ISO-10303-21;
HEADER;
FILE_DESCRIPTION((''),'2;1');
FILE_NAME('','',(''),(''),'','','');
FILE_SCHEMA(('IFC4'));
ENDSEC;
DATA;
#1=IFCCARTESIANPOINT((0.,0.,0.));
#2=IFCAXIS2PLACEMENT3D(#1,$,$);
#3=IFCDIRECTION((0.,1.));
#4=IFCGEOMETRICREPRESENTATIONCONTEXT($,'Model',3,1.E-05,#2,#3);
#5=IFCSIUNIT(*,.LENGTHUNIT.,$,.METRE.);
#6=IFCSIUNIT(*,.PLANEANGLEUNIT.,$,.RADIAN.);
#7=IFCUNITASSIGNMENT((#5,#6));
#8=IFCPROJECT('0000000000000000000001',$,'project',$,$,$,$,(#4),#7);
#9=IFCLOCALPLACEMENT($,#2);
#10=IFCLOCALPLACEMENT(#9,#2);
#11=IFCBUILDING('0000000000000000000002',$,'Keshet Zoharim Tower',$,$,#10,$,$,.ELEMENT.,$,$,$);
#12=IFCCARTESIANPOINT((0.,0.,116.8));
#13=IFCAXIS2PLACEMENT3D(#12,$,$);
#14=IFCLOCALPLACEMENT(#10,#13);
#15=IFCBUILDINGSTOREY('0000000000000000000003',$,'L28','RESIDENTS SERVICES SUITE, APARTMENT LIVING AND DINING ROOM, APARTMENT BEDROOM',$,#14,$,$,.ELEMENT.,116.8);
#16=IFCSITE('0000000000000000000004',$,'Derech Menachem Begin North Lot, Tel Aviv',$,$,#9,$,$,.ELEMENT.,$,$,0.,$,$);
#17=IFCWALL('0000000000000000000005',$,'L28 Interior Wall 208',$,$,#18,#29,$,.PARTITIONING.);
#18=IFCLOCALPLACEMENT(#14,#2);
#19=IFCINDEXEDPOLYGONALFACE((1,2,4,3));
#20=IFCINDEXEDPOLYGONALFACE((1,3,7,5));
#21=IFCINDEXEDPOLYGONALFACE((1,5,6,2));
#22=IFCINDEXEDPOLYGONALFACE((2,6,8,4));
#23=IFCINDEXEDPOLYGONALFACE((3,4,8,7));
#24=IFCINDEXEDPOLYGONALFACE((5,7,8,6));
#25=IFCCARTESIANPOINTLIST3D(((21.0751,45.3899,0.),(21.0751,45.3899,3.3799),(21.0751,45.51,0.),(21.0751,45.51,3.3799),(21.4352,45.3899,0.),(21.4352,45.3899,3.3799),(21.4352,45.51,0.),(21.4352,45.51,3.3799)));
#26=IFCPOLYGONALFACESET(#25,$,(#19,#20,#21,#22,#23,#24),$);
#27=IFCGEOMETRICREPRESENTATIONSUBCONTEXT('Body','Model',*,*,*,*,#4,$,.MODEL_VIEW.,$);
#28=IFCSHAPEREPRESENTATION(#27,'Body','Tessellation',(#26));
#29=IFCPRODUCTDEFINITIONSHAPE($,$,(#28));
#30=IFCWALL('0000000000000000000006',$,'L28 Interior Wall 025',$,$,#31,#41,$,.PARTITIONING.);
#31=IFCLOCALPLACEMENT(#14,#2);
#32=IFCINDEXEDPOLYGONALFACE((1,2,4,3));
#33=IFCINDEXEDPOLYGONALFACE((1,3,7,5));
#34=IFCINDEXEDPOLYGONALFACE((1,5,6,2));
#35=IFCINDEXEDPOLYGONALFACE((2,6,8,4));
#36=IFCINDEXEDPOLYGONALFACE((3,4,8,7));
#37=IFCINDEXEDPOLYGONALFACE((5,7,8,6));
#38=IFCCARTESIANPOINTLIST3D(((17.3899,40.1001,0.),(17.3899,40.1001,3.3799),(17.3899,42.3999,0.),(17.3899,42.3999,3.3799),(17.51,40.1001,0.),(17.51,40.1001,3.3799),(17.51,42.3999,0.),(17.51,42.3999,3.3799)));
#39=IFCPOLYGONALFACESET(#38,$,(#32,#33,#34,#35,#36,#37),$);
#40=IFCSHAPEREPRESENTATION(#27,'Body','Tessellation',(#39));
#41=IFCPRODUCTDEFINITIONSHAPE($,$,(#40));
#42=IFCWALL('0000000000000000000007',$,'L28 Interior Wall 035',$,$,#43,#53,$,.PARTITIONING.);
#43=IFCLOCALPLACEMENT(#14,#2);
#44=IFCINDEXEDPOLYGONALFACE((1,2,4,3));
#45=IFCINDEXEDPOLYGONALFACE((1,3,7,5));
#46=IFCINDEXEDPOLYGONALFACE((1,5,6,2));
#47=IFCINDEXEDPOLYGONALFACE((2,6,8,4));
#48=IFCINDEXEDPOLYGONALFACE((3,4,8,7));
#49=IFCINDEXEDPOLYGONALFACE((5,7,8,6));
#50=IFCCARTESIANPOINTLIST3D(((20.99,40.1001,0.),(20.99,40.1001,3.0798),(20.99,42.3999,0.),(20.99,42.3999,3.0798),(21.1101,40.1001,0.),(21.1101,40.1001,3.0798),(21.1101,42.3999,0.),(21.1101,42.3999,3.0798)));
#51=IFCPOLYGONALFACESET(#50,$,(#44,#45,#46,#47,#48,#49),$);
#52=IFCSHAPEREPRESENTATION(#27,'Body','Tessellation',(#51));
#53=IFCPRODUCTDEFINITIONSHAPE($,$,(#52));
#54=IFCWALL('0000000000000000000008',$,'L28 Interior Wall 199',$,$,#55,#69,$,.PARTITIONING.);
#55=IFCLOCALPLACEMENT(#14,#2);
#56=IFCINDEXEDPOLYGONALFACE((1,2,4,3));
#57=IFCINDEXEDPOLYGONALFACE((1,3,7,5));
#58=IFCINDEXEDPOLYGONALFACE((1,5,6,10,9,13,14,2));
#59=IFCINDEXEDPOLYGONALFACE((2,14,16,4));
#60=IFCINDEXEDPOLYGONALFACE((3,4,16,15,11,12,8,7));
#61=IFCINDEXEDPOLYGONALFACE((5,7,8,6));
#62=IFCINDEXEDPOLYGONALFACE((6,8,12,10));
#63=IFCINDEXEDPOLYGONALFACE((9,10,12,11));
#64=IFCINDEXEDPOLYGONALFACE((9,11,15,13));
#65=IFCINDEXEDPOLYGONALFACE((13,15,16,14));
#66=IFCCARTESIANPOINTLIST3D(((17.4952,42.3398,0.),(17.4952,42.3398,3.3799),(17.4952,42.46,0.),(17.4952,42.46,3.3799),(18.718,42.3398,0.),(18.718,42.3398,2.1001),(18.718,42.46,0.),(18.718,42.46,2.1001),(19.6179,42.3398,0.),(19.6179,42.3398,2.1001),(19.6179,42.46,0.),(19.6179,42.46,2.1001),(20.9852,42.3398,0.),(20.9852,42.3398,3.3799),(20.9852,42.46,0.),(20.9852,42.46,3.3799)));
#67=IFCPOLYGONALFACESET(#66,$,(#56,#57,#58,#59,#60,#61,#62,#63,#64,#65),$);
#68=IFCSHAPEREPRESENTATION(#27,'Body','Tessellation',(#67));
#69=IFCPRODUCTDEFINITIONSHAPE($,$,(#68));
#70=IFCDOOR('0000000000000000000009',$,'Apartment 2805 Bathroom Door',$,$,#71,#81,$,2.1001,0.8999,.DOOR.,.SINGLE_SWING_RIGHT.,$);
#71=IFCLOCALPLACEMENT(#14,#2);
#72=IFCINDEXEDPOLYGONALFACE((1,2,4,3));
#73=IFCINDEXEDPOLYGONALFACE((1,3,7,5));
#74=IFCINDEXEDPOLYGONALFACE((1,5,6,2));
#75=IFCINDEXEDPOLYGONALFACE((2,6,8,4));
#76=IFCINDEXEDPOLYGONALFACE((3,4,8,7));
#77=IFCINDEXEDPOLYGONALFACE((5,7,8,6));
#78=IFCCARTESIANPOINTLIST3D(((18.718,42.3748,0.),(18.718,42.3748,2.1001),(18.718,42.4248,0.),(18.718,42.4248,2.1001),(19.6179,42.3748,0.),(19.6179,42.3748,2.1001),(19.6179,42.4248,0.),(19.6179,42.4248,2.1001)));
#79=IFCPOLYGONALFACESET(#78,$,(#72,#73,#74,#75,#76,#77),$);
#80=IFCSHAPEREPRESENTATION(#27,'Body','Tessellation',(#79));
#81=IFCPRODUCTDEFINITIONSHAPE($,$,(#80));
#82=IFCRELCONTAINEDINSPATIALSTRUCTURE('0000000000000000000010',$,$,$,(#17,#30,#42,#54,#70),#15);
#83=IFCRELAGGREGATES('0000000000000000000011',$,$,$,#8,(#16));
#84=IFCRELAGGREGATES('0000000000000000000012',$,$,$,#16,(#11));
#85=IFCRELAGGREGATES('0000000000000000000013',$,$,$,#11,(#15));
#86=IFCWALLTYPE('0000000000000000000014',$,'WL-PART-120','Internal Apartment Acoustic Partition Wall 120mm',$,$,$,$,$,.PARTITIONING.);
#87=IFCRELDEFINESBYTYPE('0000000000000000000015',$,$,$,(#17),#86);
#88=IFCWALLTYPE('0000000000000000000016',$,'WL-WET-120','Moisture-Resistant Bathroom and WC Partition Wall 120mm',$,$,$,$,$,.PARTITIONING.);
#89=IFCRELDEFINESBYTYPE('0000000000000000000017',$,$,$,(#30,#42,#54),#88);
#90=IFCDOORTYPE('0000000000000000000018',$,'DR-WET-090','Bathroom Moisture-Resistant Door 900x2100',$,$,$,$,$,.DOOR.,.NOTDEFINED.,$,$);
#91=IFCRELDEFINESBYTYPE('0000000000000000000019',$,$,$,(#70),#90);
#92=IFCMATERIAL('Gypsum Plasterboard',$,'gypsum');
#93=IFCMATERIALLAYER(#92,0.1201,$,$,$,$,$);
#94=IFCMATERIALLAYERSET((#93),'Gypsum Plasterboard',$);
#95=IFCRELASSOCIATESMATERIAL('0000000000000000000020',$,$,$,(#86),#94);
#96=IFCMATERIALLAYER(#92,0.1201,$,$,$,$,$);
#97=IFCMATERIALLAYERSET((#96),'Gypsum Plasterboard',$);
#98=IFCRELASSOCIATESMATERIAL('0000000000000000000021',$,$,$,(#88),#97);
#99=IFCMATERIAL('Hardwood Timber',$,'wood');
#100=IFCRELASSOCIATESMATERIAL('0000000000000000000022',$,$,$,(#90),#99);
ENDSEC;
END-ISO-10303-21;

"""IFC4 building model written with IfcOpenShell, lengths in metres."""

from ifc_helpers import new_model, si_unit, direction, frame, frame_2d, origin, place, context, subcontext, project, spatial, rectangle, extrude, material, layer, layer_set, type_object, element, fill, save


model = new_model("IFC4")

# Units and contexts
model_context = context("Model", 3, precision=1e-05, world=origin(), true_north=direction((0.0, 1.0)))
body_context = subcontext(model_context, "Body", "Model", "MODEL_VIEW")
ifc_project = project(units=[si_unit("LENGTHUNIT", "METRE"), si_unit("PLANEANGLEUNIT", "RADIAN")], contexts=[model_context])

# Site, building, storey
site_placement = place(None, origin())
site = spatial("IfcSite", under=ifc_project, at=site_placement, Name="Derech Menachem Begin North Lot, Tel Aviv", CompositionType="ELEMENT", RefElevation=0.0)
building_placement = place(site_placement, origin())
building = spatial("IfcBuilding", under=site, at=building_placement, Name="Keshet Zoharim Tower", CompositionType="ELEMENT")
storey_placement = place(building_placement, frame((0.0, 0.0, 116.8)))
storey = spatial("IfcBuildingStorey", under=building, at=storey_placement, Name="L28", Description="RESIDENTS SERVICES SUITE, APARTMENT LIVING AND DINING ROOM, APARTMENT BEDROOM", CompositionType="ELEMENT", Elevation=116.8)

# Shared definitions
ifc_material_1 = material(Name="Gypsum Plasterboard", Category="gypsum")

# Shared definitions
ifc_material_2 = material(Name="Hardwood Timber", Category="wood")

# Shared definitions
ifc_layer_1 = layer(ifc_material_1, 0.1201)
ifc_layer_set_1 = layer_set([ifc_layer_1], Name="Gypsum Plasterboard")
wall_type_1 = type_object("IfcWallType", Name="WL-PART-120", Description="Internal Apartment Acoustic Partition Wall 120mm", PredefinedType="PARTITIONING", material=ifc_layer_set_1)

# Walls
wall_1_placement = place(storey_placement, frame((21.075, 45.45, 0.0), z_axis=(0.0, 0.0, 1.0), x_axis=(1.0, 0.0, 0.0)))
element("IfcWall", 1, at=wall_1_placement, inside=storey, type_object=wall_type_1, Name="L28 Interior Wall 208", PredefinedType="PARTITIONING", context=body_context, shape_type="SweptSolid", body=[
    extrude(rectangle(XDim=0.3601, YDim=0.1201, at=frame_2d((0.1802, 0.0))), origin(), (0.0, 0.0, 1.0), 3.3799),
])
ifc_layer_2 = layer(ifc_material_1, 0.1201)
ifc_layer_set_2 = layer_set([ifc_layer_2], Name="Gypsum Plasterboard")
wall_type_2 = type_object("IfcWallType", Name="WL-WET-120", Description="Moisture-Resistant Bathroom and WC Partition Wall 120mm", PredefinedType="PARTITIONING", material=ifc_layer_set_2)
wall_2_placement = place(storey_placement, frame((17.45, 40.1001, 0.0), z_axis=(0.0, 0.0, 1.0), x_axis=(0.0, 1.0, 0.0)))
element("IfcWall", 2, at=wall_2_placement, inside=storey, type_object=wall_type_2, Name="L28 Interior Wall 025", PredefinedType="PARTITIONING", context=body_context, shape_type="SweptSolid", body=[
    extrude(rectangle(XDim=2.2998, YDim=0.1201, at=frame_2d((1.1499, 0.0))), origin(), (0.0, 0.0, 1.0), 3.3799),
])
wall_3_placement = place(storey_placement, frame((21.05, 40.1001, 0.0), z_axis=(0.0, 0.0, 1.0), x_axis=(0.0, 1.0, 0.0)))
element("IfcWall", 3, at=wall_3_placement, inside=storey, type_object=wall_type_2, Name="L28 Interior Wall 035", PredefinedType="PARTITIONING", context=body_context, shape_type="SweptSolid", body=[
    extrude(rectangle(XDim=2.2998, YDim=0.1201, at=frame_2d((1.1499, 0.0))), origin(), (0.0, 0.0, 1.0), 3.0798),
])

# Wall, opening, door
wall_4_placement = place(storey_placement, frame((17.4951, 42.3999, 0.0), z_axis=(0.0, 0.0, 1.0), x_axis=(1.0, 0.0, 0.0)))
wall_4 = element("IfcWall", 4, at=wall_4_placement, inside=storey, type_object=wall_type_2, Name="L28 Interior Wall 199", PredefinedType="PARTITIONING", context=body_context, shape_type="SweptSolid", body=[
    extrude(rectangle(XDim=3.49, YDim=0.1201, at=frame_2d((1.7451, 0.0))), origin(), (0.0, 0.0, 1.0), 3.3799),
])
opening_1_placement = place(wall_4_placement, frame((1.2229, 0.0, 0.0)))
opening_1 = element("IfcOpeningElement", 5, at=opening_1_placement, cuts=wall_4, PredefinedType="OPENING", context=body_context, shape_type="SweptSolid", body=[
    extrude(rectangle(XDim=0.8999, YDim=2.1001, at=frame_2d((0.45, 1.05))), frame((0.0, 0.0701, 0.0), z_axis=(0.0, -1.0, 0.0), x_axis=(1.0, 0.0, 0.0)), (0.0, 0.0, 1.0), 0.1401),
])
door_type_1 = type_object("IfcDoorType", Name="DR-WET-090", Description="Bathroom Moisture-Resistant Door 900x2100", OperationType="NOTDEFINED", PredefinedType="DOOR", material=ifc_material_2)
door_1_placement = place(opening_1_placement, origin())
door_1 = element("IfcDoor", 6, at=door_1_placement, inside=storey, type_object=door_type_1, Name="Apartment 2805 Bathroom Door", OperationType="SINGLE_SWING_RIGHT", OverallHeight=2.1001, OverallWidth=0.8999, PredefinedType="DOOR", context=body_context, shape_type="SweptSolid", body=[
    extrude(rectangle(XDim=0.8999, YDim=2.1001, at=frame_2d((0.45, 1.05))), frame((0.0, 0.0249, 0.0), z_axis=(0.0, -1.0, 0.0), x_axis=(1.0, 0.0, 0.0)), (0.0, 0.0, 1.0), 0.05),
])
fill(opening_1, door_1)

save(model, "model.ifc")
